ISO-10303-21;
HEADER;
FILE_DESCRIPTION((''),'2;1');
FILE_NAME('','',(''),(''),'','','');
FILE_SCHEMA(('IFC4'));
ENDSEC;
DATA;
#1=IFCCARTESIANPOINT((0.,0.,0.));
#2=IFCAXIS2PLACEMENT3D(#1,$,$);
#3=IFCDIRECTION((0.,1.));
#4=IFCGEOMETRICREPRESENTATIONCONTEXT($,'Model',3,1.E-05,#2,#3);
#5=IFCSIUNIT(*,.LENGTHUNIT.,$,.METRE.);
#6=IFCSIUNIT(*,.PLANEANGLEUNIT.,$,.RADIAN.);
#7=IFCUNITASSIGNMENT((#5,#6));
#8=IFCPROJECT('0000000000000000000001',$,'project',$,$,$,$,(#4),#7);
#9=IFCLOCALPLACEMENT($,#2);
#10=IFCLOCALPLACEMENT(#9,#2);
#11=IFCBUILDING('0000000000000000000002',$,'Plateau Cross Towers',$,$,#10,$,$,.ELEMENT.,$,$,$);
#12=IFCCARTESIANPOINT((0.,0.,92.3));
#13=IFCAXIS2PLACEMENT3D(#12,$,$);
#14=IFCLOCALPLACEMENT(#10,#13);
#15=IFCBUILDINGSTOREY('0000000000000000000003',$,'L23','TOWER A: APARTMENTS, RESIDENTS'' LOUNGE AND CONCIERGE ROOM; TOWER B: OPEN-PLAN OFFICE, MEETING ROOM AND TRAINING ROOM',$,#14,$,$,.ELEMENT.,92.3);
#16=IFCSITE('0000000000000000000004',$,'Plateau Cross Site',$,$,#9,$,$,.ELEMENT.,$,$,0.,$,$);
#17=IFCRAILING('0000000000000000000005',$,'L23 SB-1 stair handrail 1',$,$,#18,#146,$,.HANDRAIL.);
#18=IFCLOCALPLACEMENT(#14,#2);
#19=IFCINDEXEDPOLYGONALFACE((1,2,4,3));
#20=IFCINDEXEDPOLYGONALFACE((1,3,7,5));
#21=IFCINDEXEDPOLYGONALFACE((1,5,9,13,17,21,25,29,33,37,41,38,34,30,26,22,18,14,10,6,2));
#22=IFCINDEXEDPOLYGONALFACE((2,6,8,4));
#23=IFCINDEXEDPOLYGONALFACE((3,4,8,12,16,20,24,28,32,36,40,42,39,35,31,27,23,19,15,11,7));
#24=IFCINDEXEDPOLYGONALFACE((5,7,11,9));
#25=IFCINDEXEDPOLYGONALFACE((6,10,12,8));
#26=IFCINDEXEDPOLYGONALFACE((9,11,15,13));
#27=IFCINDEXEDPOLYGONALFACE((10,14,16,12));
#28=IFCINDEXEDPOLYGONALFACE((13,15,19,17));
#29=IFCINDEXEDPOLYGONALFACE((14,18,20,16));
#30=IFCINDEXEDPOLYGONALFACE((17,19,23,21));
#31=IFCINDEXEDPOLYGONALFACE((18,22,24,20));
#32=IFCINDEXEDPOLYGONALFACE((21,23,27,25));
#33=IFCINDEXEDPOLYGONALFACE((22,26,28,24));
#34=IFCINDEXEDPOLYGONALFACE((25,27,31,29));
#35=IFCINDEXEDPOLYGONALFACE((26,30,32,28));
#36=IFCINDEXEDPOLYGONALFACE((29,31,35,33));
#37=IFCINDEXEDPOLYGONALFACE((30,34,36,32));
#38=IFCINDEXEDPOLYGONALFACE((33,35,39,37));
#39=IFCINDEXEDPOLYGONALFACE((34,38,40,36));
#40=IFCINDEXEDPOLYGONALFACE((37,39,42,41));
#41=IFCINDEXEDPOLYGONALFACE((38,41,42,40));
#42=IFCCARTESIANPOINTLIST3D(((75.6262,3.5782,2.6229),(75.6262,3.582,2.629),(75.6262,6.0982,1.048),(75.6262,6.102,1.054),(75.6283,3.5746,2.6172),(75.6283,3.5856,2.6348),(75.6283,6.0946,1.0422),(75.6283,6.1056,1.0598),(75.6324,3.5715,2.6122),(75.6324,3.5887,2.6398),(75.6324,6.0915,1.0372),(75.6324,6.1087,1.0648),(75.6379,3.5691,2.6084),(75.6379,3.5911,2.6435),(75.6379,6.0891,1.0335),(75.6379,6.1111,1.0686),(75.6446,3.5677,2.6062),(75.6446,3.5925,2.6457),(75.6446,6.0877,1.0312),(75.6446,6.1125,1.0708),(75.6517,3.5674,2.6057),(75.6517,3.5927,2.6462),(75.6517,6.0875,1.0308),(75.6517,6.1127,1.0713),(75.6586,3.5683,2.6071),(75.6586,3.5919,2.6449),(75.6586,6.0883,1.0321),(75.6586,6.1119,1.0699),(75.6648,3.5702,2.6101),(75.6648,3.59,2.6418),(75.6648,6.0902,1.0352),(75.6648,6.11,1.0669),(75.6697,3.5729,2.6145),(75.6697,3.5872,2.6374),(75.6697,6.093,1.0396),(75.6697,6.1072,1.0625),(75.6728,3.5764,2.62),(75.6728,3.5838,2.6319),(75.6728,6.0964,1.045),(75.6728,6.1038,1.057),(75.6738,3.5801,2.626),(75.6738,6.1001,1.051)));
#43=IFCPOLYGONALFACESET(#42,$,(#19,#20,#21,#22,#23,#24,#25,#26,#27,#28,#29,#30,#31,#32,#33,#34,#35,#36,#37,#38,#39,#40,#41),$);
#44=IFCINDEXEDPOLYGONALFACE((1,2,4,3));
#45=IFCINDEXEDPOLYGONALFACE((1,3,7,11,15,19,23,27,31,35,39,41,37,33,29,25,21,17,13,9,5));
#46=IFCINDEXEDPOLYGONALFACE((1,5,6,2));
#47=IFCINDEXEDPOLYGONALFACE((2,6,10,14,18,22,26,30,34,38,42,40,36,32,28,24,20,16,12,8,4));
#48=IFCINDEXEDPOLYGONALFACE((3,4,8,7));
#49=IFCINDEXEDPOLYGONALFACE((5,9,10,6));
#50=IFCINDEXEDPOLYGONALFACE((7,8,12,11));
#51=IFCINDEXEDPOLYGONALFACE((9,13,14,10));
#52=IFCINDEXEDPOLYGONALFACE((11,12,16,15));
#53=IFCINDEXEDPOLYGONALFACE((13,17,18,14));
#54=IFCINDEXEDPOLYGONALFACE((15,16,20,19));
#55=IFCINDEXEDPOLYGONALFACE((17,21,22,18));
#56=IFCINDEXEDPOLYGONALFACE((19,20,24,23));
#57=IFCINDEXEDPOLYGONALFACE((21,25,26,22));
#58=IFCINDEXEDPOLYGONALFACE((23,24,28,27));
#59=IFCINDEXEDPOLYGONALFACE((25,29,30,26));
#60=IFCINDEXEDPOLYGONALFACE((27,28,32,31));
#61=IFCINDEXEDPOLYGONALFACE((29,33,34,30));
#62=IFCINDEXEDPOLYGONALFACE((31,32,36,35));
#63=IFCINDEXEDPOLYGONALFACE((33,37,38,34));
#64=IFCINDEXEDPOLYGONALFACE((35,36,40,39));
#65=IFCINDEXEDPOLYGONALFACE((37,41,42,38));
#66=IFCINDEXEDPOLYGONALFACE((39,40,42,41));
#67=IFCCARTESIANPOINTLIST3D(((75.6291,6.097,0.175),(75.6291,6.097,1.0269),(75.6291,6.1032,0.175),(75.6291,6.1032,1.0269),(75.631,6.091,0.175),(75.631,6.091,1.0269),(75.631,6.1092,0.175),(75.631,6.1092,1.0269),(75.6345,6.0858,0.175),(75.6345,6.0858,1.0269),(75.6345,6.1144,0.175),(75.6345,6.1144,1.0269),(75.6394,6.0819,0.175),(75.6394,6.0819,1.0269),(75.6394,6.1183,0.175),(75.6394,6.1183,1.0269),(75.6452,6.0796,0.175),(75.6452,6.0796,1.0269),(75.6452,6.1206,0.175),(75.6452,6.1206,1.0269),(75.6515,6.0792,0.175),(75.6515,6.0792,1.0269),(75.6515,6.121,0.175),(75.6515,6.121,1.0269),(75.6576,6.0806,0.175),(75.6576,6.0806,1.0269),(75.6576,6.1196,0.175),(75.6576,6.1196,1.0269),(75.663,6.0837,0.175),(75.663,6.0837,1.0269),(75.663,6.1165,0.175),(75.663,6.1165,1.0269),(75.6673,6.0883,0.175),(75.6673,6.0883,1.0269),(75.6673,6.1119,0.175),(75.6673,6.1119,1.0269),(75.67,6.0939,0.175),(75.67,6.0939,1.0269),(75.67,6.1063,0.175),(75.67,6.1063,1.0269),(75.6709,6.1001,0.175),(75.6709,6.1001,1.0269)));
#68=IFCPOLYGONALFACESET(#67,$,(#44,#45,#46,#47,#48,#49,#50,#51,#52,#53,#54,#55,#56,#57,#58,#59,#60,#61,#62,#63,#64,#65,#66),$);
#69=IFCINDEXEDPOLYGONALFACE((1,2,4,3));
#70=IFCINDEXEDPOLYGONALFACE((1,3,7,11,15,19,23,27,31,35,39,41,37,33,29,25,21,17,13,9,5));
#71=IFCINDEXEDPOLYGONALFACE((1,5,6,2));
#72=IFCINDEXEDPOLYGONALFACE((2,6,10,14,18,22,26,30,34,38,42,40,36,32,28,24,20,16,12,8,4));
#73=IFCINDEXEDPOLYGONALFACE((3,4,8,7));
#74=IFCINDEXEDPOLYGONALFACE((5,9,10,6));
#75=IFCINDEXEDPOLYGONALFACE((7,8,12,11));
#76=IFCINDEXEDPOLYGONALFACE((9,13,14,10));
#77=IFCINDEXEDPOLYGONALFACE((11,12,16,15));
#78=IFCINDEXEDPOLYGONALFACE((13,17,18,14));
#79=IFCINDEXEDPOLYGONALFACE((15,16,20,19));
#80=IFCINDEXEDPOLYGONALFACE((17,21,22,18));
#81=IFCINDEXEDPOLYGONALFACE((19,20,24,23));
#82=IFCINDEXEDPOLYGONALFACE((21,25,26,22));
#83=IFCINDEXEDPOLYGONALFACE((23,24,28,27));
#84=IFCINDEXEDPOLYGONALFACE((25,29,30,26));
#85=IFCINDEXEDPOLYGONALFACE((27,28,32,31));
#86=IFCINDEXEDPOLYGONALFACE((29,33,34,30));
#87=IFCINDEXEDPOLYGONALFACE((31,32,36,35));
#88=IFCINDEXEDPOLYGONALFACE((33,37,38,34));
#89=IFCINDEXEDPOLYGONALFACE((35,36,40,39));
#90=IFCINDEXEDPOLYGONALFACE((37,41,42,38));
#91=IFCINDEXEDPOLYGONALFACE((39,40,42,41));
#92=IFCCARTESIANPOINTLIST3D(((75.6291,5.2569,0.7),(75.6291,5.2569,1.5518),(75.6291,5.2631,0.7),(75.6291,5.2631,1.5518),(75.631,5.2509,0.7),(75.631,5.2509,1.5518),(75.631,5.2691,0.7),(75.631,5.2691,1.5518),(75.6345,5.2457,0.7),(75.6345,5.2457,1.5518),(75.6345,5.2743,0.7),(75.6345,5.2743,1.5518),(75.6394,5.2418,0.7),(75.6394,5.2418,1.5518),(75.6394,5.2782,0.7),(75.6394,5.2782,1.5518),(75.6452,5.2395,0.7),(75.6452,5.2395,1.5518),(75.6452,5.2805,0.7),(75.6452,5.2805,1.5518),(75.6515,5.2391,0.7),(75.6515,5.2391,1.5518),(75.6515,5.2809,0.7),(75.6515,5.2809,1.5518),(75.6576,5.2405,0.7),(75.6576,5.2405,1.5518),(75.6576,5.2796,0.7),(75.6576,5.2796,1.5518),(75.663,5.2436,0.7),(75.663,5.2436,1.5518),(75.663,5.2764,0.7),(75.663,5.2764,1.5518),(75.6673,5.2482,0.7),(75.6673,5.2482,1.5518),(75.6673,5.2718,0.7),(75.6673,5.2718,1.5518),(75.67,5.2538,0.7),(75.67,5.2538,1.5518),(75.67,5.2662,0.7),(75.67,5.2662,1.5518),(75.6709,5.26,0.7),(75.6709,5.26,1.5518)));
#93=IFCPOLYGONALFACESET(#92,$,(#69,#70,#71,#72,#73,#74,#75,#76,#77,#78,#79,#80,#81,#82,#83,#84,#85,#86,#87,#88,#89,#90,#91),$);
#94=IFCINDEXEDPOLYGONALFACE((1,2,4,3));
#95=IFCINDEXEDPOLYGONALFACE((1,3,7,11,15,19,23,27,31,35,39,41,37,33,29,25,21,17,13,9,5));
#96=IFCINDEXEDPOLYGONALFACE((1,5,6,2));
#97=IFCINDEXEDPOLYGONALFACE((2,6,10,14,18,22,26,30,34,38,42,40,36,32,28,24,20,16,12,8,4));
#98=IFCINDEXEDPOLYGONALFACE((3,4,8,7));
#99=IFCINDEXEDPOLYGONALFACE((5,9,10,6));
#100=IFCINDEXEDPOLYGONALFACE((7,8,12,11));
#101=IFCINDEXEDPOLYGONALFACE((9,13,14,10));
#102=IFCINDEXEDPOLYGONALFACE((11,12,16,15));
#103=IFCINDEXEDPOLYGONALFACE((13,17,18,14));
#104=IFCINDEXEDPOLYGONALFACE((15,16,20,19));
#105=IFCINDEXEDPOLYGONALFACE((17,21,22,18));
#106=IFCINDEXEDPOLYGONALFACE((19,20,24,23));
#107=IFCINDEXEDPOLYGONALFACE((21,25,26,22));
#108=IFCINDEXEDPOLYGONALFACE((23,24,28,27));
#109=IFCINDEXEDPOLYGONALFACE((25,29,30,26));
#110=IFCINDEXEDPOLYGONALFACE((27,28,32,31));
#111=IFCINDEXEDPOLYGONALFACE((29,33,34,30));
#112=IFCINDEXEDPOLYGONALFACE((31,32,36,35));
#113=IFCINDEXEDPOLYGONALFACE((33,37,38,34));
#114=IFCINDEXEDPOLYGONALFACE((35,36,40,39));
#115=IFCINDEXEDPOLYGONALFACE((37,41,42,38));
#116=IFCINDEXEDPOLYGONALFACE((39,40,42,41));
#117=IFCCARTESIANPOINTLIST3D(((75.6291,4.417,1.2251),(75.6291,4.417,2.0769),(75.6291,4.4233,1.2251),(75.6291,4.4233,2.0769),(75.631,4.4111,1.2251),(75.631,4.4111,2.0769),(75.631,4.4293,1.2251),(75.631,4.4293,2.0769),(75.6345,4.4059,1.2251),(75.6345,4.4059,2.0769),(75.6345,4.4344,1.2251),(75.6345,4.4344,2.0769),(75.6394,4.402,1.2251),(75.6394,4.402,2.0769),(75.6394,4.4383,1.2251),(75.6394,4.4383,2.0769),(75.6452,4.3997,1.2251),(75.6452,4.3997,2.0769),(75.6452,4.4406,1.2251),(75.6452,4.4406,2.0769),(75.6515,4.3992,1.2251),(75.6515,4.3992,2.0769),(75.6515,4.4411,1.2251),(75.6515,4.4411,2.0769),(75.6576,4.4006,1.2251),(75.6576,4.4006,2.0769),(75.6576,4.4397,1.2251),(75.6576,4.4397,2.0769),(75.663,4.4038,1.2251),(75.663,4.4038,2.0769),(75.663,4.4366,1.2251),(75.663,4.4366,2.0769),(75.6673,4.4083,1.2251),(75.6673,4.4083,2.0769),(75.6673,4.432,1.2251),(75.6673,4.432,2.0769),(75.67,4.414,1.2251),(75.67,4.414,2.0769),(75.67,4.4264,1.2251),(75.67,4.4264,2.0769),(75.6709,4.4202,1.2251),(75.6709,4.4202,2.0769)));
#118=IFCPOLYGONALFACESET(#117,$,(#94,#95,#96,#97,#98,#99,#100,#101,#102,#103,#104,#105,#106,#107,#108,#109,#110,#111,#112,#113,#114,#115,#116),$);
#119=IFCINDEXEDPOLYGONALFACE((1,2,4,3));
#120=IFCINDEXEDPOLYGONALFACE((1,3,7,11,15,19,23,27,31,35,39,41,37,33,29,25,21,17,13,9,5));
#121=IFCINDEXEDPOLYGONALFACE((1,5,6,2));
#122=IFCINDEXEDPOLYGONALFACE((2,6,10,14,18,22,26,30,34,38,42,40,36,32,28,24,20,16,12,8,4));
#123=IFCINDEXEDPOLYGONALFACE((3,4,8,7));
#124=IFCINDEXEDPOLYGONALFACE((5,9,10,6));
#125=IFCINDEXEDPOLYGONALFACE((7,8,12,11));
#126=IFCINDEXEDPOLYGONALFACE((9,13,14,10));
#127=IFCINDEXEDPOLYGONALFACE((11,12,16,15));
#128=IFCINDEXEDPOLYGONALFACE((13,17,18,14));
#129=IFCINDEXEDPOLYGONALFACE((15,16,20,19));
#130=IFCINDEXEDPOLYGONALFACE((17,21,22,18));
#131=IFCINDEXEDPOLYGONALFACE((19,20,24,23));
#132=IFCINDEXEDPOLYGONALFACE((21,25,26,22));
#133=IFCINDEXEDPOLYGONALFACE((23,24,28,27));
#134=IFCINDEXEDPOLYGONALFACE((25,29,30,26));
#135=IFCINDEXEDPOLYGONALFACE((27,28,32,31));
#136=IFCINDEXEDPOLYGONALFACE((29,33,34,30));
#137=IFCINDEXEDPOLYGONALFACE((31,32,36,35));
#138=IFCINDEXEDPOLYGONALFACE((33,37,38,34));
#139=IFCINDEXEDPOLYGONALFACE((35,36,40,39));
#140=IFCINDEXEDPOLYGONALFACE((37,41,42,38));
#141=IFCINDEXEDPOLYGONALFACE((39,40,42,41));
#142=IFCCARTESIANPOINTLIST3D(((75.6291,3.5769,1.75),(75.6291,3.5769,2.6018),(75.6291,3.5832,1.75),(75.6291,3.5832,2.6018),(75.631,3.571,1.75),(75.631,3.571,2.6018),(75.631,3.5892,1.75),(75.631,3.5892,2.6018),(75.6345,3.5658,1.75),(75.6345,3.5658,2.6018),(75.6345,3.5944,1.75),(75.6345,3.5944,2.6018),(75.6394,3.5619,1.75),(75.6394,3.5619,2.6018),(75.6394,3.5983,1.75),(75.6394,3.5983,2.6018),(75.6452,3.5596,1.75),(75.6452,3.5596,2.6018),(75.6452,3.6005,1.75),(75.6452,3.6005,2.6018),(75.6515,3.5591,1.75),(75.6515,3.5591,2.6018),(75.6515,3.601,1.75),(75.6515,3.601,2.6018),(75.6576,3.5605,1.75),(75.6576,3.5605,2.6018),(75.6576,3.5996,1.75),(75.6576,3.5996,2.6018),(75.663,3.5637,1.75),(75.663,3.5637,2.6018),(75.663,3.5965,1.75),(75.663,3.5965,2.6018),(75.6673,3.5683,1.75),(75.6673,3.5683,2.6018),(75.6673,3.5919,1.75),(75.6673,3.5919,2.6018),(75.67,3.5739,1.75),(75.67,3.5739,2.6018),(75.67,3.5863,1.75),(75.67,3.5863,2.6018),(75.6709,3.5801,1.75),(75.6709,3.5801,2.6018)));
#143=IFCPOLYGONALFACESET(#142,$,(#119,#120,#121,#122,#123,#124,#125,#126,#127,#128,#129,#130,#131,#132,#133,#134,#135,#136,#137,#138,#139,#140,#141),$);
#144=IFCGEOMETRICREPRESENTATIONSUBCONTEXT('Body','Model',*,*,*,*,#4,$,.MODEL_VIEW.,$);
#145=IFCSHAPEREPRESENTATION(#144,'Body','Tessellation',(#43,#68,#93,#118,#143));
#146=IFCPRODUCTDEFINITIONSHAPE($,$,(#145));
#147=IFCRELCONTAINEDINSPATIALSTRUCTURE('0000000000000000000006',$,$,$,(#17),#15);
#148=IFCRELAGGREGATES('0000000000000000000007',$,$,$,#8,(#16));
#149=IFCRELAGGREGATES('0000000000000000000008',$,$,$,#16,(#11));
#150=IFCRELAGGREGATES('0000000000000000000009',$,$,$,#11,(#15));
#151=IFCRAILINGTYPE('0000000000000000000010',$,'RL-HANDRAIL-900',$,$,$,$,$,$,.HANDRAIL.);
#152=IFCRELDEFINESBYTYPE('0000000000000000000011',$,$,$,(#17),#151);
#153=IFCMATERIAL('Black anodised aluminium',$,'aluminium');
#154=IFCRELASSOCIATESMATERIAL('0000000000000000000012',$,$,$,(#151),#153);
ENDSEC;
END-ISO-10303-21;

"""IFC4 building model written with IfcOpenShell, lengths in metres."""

from ifc_helpers import new_model, si_unit, direction, frame, origin, origin_2d, place, context, subcontext, project, spatial, circle, extrude, material, type_object, element, save


model = new_model("IFC4")

# Units and contexts
model_context = context("Model", 3, precision=1e-05, world=origin(), true_north=direction((0.0, 1.0)))
body_context = subcontext(model_context, "Body", "Model", "MODEL_VIEW")
ifc_project = project(units=[si_unit("LENGTHUNIT", "METRE"), si_unit("PLANEANGLEUNIT", "RADIAN")], contexts=[model_context])

# Site, building, storey
site_placement = place(None, origin())
site = spatial("IfcSite", under=ifc_project, at=site_placement, Name="Plateau Cross Site", CompositionType="ELEMENT", RefElevation=0.0)
building_placement = place(site_placement, origin())
building = spatial("IfcBuilding", under=site, at=building_placement, Name="Plateau Cross Towers", CompositionType="ELEMENT")
storey_placement = place(building_placement, frame((0.0, 0.0, 92.3)))
storey = spatial("IfcBuildingStorey", under=building, at=storey_placement, Name="L23", Description="TOWER A: APARTMENTS, RESIDENTS' LOUNGE AND CONCIERGE ROOM; TOWER B: OPEN-PLAN OFFICE, MEETING ROOM AND TRAINING ROOM", CompositionType="ELEMENT", Elevation=92.3)

# Railing
ifc_material_1 = material(Name="Black anodised aluminium", Category="aluminium")
railing_type_1 = type_object("IfcRailingType", Name="RL-HANDRAIL-900", PredefinedType="HANDRAIL", material=ifc_material_1)
railing_1_placement = place(storey_placement, frame((75.6499, 6.1001, 0.175)))
element("IfcRailing", 1, at=railing_1_placement, inside=storey, type_object=railing_type_1, Name="L23 SB-1 stair handrail 1", PredefinedType="HANDRAIL", context=body_context, shape_type="SweptSolid", body=[
    extrude(circle(Radius=0.0239, at=origin_2d()), frame((0.0, 0.0, 0.876), z_axis=(0.0, -0.848008, 0.529984), x_axis=(1.0, 0.0, 0.0)), (0.0, 0.0, 1.0), 2.9717),
    extrude(circle(Radius=0.021, at=origin_2d()), origin(), (0.0, 0.0, 1.0), 0.8518),
    extrude(circle(Radius=0.021, at=origin_2d()), frame((0.0, -0.8401, 0.5249)), (0.0, 0.0, 1.0), 0.8518),
    extrude(circle(Radius=0.021, at=origin_2d()), frame((0.0, -1.6799, 1.05)), (0.0, 0.0, 1.0), 0.8518),
    extrude(circle(Radius=0.021, at=origin_2d()), frame((0.0, -2.52, 1.575)), (0.0, 0.0, 1.0), 0.8518),
])

save(model, "model.ifc")
